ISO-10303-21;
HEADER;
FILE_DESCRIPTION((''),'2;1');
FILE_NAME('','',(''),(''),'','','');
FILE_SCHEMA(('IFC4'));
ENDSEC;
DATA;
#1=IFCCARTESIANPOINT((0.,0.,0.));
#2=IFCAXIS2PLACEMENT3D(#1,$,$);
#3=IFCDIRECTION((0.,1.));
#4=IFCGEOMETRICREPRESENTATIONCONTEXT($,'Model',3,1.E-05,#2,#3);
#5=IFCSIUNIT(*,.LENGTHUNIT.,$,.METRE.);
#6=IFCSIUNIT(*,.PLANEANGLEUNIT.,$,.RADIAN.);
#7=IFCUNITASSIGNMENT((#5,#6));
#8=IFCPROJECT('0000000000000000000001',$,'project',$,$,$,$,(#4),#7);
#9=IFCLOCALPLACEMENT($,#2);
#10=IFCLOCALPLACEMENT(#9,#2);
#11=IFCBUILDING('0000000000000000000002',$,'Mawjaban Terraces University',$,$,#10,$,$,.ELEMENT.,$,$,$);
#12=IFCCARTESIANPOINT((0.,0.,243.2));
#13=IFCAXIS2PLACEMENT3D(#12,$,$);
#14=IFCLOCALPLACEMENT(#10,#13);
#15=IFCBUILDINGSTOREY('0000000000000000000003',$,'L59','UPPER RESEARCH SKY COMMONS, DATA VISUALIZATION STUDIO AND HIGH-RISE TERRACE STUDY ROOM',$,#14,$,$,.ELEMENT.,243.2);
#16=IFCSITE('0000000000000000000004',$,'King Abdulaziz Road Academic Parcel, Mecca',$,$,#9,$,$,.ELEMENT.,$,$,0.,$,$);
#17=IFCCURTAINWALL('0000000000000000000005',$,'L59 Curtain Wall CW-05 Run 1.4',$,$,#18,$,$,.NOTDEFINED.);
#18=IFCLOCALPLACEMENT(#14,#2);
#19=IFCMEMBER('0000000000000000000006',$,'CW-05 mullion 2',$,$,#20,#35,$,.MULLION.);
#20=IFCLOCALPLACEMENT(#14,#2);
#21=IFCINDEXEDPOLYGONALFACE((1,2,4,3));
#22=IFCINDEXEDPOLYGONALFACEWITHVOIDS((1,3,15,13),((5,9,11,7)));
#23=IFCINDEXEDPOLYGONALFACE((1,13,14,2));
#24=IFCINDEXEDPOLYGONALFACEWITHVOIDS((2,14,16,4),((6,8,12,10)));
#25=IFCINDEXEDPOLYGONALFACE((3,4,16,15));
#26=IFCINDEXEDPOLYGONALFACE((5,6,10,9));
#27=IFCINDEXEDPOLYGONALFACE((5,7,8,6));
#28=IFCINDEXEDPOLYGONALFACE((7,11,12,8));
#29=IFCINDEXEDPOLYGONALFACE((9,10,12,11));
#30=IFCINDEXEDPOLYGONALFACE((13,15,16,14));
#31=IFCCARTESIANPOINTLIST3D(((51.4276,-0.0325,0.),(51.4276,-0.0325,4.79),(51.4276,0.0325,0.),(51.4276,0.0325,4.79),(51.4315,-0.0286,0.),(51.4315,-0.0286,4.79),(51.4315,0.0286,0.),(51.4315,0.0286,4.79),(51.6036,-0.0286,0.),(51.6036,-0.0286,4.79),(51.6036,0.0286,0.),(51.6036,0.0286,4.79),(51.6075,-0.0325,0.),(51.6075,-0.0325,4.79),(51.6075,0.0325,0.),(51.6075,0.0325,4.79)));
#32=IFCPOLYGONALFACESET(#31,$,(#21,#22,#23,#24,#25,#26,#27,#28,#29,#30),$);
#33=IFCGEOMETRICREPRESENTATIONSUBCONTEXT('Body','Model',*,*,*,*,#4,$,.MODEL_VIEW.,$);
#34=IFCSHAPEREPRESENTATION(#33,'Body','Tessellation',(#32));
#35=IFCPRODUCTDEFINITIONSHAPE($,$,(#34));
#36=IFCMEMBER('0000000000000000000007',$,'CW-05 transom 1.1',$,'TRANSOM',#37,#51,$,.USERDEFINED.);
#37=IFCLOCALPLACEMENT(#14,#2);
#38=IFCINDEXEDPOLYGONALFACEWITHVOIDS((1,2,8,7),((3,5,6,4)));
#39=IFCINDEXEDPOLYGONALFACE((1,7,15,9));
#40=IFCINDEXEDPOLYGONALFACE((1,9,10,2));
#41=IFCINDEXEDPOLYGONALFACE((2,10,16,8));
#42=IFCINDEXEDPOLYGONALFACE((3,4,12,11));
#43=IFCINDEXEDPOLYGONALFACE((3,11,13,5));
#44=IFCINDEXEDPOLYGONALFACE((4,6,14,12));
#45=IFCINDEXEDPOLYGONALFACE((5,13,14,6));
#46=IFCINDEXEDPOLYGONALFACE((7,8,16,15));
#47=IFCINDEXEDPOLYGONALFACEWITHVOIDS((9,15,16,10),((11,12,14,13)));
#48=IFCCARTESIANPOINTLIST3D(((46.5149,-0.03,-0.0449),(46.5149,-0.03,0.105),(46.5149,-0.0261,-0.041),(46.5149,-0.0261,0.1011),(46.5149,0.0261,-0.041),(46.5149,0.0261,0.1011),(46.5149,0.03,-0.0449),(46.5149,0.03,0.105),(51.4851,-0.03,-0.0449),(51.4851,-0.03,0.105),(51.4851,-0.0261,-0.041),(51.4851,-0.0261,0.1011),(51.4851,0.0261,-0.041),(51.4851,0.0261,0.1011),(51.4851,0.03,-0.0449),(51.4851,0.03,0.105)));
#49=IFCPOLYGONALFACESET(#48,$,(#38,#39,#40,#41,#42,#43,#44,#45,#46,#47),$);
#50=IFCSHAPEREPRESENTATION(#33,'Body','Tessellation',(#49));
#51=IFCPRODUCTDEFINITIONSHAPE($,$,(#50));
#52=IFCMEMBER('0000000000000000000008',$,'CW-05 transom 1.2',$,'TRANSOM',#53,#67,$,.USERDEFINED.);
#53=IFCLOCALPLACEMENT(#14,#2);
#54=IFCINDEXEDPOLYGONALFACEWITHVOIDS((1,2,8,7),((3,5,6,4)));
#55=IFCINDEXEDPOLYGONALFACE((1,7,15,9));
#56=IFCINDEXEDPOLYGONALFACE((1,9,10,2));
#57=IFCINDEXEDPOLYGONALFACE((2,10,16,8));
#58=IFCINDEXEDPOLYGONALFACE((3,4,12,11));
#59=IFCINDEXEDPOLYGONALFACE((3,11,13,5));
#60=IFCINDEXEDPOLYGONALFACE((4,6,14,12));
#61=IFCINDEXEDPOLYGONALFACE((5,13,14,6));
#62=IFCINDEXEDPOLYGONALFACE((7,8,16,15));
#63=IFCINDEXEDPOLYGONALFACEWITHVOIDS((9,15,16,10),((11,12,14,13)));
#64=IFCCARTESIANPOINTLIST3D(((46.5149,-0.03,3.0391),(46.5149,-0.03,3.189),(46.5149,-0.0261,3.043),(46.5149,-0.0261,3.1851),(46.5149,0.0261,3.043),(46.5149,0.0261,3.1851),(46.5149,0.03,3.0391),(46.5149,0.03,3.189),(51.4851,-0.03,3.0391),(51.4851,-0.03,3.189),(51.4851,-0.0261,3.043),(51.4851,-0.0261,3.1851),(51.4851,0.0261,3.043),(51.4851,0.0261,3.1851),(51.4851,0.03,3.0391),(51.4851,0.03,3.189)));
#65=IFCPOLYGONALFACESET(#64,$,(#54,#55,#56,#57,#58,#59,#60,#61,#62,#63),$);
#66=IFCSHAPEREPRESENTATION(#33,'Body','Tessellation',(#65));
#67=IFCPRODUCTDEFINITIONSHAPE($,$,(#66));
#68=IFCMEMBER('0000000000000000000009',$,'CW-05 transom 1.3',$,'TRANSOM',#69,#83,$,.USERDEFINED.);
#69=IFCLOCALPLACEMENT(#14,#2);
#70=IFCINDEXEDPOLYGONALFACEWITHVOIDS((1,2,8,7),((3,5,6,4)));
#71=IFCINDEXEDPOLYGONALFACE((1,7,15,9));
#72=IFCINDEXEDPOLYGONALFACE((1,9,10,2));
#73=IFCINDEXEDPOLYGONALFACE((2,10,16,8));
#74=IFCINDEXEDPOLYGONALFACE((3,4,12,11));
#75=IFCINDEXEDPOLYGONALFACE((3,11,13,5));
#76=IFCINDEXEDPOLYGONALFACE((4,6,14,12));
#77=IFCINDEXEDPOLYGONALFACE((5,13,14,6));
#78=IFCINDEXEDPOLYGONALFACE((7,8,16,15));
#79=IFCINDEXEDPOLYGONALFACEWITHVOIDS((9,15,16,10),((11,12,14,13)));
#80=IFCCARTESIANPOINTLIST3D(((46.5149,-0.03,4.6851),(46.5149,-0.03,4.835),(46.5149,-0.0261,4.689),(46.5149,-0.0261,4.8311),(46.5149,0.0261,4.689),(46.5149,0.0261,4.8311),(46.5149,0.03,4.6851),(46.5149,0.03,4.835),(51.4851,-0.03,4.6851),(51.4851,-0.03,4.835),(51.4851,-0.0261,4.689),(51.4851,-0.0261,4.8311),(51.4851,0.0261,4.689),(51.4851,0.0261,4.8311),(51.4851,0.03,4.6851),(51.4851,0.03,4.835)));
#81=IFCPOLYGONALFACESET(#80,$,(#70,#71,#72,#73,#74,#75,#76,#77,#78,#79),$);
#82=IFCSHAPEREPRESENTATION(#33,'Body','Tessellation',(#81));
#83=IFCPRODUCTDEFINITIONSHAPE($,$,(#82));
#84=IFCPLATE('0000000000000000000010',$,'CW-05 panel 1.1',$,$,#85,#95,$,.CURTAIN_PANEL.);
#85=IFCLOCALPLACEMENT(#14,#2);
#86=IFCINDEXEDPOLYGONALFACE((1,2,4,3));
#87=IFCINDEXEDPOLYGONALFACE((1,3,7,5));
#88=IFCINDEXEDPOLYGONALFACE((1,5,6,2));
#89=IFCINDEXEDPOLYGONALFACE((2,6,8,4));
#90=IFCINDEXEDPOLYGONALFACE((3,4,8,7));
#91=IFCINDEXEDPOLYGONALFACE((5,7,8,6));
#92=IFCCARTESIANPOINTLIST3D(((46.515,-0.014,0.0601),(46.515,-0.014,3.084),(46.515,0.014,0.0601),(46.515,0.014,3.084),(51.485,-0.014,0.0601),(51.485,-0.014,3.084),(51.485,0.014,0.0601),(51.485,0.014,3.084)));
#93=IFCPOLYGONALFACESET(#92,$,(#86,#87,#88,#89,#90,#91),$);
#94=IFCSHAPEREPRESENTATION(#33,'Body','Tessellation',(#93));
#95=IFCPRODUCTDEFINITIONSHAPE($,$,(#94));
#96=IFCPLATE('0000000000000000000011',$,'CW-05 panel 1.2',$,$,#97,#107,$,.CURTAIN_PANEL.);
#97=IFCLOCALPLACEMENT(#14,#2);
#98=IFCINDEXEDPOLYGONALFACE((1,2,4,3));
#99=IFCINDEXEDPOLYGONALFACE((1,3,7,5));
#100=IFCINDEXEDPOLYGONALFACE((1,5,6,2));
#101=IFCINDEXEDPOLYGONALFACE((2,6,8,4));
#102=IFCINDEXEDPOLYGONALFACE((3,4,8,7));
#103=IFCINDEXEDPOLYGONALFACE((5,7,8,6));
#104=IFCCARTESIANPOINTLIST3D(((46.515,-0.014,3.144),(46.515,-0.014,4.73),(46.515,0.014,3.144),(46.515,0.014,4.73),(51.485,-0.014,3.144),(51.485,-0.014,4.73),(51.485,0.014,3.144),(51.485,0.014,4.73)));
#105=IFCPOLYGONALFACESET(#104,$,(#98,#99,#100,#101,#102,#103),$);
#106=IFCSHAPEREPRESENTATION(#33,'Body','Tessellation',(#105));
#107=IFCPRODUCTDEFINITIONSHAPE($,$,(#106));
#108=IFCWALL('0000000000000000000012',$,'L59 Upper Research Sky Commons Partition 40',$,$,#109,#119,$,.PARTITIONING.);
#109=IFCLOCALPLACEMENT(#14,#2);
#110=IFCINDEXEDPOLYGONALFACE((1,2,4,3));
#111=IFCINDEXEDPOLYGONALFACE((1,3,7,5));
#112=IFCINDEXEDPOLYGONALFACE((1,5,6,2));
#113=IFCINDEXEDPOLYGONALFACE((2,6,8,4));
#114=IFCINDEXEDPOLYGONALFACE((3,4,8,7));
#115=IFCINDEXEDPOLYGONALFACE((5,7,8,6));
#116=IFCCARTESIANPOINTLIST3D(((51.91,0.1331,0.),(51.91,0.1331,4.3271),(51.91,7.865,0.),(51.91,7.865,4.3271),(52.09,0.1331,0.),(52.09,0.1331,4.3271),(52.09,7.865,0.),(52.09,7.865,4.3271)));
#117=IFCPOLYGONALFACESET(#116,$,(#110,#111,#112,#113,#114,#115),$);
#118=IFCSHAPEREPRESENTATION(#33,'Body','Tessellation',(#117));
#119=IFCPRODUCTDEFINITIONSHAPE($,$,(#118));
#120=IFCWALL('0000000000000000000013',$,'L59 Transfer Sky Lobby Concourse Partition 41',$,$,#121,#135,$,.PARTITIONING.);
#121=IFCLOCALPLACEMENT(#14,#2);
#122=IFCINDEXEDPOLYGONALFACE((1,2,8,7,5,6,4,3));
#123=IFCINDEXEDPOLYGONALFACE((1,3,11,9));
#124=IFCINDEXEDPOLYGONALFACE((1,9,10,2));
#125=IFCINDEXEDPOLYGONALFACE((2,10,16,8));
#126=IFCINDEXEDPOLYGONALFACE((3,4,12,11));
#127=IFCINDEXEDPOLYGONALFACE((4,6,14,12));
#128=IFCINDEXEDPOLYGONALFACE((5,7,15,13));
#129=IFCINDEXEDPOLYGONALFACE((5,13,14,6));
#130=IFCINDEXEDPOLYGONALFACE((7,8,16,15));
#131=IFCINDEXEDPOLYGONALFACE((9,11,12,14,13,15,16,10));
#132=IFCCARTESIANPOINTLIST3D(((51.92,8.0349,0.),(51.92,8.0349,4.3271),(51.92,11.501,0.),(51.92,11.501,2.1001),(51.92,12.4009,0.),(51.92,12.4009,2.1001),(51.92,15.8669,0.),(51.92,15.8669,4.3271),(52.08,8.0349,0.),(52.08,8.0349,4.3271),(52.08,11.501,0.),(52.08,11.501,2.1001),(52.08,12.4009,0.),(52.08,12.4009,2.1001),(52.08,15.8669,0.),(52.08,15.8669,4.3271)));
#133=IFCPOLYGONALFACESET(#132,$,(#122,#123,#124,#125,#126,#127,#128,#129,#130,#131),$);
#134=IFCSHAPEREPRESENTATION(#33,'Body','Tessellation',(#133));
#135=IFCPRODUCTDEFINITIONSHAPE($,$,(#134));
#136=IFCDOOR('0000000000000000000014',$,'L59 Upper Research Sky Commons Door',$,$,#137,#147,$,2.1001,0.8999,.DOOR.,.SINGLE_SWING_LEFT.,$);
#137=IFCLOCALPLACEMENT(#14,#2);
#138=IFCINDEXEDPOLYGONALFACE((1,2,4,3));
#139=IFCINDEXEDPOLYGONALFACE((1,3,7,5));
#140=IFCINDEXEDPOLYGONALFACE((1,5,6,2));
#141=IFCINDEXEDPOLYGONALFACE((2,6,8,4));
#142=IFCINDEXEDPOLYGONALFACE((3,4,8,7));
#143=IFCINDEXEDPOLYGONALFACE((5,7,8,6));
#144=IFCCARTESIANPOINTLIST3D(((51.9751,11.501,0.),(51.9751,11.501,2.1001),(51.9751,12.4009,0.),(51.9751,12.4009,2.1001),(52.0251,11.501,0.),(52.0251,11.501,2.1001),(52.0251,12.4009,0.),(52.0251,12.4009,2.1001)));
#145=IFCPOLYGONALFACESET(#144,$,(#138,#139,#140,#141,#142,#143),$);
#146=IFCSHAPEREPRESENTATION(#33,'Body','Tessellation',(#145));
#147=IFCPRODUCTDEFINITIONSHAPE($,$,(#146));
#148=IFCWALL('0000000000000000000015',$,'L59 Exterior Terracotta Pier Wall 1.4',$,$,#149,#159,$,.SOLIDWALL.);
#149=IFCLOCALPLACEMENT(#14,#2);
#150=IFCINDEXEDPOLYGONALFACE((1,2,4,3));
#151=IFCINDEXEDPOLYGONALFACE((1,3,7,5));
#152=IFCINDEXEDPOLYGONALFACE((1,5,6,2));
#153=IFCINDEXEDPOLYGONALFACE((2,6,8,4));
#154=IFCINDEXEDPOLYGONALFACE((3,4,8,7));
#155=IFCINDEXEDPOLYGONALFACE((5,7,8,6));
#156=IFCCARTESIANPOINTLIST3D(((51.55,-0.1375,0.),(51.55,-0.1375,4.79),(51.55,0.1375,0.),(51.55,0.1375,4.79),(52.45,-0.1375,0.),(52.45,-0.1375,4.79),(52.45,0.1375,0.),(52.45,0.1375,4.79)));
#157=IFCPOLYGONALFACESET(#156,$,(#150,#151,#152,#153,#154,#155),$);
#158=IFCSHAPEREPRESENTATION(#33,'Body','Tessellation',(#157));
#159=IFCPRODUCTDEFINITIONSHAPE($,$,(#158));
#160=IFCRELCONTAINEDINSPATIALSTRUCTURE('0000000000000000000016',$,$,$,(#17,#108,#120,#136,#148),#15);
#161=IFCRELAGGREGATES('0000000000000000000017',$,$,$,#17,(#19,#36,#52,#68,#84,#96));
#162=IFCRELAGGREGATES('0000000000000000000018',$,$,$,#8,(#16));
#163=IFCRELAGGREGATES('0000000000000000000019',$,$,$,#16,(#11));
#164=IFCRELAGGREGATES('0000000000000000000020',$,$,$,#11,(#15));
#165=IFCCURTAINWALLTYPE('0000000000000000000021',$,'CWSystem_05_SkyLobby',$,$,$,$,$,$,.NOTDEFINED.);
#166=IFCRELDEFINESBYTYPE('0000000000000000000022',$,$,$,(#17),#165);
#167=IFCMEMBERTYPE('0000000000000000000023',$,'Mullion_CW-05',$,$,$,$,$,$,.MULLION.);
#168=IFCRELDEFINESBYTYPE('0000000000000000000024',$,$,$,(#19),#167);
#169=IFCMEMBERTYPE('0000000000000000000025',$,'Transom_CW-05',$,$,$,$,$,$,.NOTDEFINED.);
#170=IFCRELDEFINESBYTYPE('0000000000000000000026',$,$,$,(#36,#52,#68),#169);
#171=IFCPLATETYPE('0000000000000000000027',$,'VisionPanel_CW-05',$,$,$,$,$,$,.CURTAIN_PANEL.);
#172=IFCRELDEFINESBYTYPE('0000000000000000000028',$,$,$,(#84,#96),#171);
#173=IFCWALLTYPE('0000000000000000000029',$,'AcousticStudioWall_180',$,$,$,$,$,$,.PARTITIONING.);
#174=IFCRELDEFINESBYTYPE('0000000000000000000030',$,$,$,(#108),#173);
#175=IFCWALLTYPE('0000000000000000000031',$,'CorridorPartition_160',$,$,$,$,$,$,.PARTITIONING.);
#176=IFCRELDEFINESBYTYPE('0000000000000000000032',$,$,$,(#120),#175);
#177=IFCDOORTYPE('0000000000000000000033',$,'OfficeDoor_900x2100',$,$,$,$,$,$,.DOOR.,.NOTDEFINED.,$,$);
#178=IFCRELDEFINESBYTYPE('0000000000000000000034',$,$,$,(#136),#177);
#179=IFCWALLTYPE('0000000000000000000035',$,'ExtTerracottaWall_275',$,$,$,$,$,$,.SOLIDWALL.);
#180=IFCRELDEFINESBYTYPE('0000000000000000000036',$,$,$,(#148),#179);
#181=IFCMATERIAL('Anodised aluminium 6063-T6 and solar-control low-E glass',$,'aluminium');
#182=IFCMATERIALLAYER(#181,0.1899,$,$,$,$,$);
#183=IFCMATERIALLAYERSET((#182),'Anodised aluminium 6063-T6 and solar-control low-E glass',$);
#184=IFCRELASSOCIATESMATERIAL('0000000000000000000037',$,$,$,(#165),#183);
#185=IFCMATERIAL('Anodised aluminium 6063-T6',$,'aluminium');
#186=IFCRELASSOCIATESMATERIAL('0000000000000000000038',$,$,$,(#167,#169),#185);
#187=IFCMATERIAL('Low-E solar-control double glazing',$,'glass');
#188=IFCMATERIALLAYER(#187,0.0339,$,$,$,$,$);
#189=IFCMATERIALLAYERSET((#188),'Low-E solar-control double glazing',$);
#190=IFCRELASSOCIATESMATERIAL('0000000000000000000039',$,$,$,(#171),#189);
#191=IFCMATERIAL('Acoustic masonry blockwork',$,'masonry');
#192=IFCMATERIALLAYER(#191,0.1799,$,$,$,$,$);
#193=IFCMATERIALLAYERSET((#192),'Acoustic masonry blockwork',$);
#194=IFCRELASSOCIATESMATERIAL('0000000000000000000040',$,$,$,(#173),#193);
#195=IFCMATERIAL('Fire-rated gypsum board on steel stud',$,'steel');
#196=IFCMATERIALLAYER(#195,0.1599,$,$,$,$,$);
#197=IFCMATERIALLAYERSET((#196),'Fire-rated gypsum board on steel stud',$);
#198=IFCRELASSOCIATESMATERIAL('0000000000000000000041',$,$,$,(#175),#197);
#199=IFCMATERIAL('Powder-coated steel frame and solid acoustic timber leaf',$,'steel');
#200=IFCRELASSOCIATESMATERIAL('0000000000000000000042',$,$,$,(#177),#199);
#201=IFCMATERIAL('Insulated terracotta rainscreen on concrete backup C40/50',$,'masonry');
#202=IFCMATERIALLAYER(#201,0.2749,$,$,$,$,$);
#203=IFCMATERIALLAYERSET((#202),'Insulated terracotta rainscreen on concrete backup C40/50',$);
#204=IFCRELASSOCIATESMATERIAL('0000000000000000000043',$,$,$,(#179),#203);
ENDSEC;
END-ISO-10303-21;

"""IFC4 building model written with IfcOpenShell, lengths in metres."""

from ifc_helpers import new_model, si_unit, direction, frame, frame_2d, origin, origin_2d, place, context, subcontext, project, spatial, rectangle, hollow_rectangle, extrude, material, layer, layer_set, material_profile, profile_set, type_object, element, fill, aggregate, save


model = new_model("IFC4")

# Units and contexts
model_context = context("Model", 3, precision=1e-05, world=origin(), true_north=direction((0.0, 1.0)))
body_context = subcontext(model_context, "Body", "Model", "MODEL_VIEW")
ifc_project = project(units=[si_unit("LENGTHUNIT", "METRE"), si_unit("PLANEANGLEUNIT", "RADIAN")], contexts=[model_context])

# Site, building, storey
site_placement = place(None, origin())
site = spatial("IfcSite", under=ifc_project, at=site_placement, Name="King Abdulaziz Road Academic Parcel, Mecca", CompositionType="ELEMENT", RefElevation=0.0)
building_placement = place(site_placement, origin())
building = spatial("IfcBuilding", under=site, at=building_placement, Name="Mawjaban Terraces University", CompositionType="ELEMENT")
storey_placement = place(building_placement, frame((0.0, 0.0, 243.2)))
storey = spatial("IfcBuildingStorey", under=building, at=storey_placement, Name="L59", Description="UPPER RESEARCH SKY COMMONS, DATA VISUALIZATION STUDIO AND HIGH-RISE TERRACE STUDY ROOM", CompositionType="ELEMENT", Elevation=243.2)

# Curtain wall, members, plates
ifc_material_1 = material(Name="Anodised aluminium 6063-T6 and solar-control low-E glass", Category="aluminium")
ifc_layer_1 = layer(ifc_material_1, 0.1899)
ifc_layer_set_1 = layer_set([ifc_layer_1], Name="Anodised aluminium 6063-T6 and solar-control low-E glass")
curtain_wall_type = type_object("IfcCurtainWallType", Name="CWSystem_05_SkyLobby", PredefinedType="NOTDEFINED", material=ifc_layer_set_1)
curtain_wall_placement = place(storey_placement, origin())
curtain_wall = element("IfcCurtainWall", 1, at=curtain_wall_placement, inside=storey, type_object=curtain_wall_type, Name="L59 Curtain Wall CW-05 Run 1.4", PredefinedType="NOTDEFINED")
ifc_material_2 = material(Name="Anodised aluminium 6063-T6", Category="aluminium")
ifc_material_profile_1 = material_profile(ifc_material_2, hollow_rectangle(XDim=0.0649, YDim=0.1799, WallThickness=0.0039, at=origin_2d()), Name="ALU180X65X4")
ifc_profile_set_1 = profile_set([ifc_material_profile_1], Name="Anodised aluminium 6063-T6")
member_type_1 = type_object("IfcMemberType", Name="Mullion_CW-05", PredefinedType="MULLION", material=ifc_profile_set_1)
member_1_placement = place(storey_placement, frame((51.5176, 0.0, 0.0), z_axis=(0.0, 0.0, 1.0), x_axis=(0.0, 1.0, 0.0)))
member_1 = element("IfcMember", 2, at=member_1_placement, type_object=member_type_1, Name="CW-05 mullion 2", PredefinedType="MULLION", context=body_context, shape_type="SweptSolid", body=[
    extrude(hollow_rectangle(XDim=0.0649, YDim=0.1799, WallThickness=0.0039, at=origin_2d()), origin(), (0.0, 0.0, 1.0), 4.79),
])
ifc_material_profile_2 = material_profile(ifc_material_2, hollow_rectangle(XDim=0.0601, YDim=0.1499, WallThickness=0.0039, at=origin_2d()), Name="ALU150X60X4")
ifc_profile_set_2 = profile_set([ifc_material_profile_2], Name="Anodised aluminium 6063-T6")
member_type_2 = type_object("IfcMemberType", Name="Transom_CW-05", PredefinedType="NOTDEFINED", material=ifc_profile_set_2)
member_2_placement = place(storey_placement, frame((46.5149, 0.0, 0.03), z_axis=(1.0, 0.0, 0.0), x_axis=(0.0, 1.0, 0.0)))
member_2 = element("IfcMember", 3, at=member_2_placement, type_object=member_type_2, Name="CW-05 transom 1.1", ObjectType="TRANSOM", PredefinedType="USERDEFINED", context=body_context, shape_type="SweptSolid", body=[
    extrude(hollow_rectangle(XDim=0.0601, YDim=0.1499, WallThickness=0.0039, at=origin_2d()), origin(), (0.0, 0.0, 1.0), 4.9702),
])
member_3_placement = place(storey_placement, frame((46.5149, 0.0, 3.114), z_axis=(1.0, 0.0, 0.0), x_axis=(0.0, 1.0, 0.0)))
member_3 = element("IfcMember", 4, at=member_3_placement, type_object=member_type_2, Name="CW-05 transom 1.2", ObjectType="TRANSOM", PredefinedType="USERDEFINED", context=body_context, shape_type="SweptSolid", body=[
    extrude(hollow_rectangle(XDim=0.0601, YDim=0.1499, WallThickness=0.0039, at=origin_2d()), origin(), (0.0, 0.0, 1.0), 4.9702),
])
member_4_placement = place(storey_placement, frame((46.5149, 0.0, 4.76), z_axis=(1.0, 0.0, 0.0), x_axis=(0.0, 1.0, 0.0)))
member_4 = element("IfcMember", 5, at=member_4_placement, type_object=member_type_2, Name="CW-05 transom 1.3", ObjectType="TRANSOM", PredefinedType="USERDEFINED", context=body_context, shape_type="SweptSolid", body=[
    extrude(hollow_rectangle(XDim=0.0601, YDim=0.1499, WallThickness=0.0039, at=origin_2d()), origin(), (0.0, 0.0, 1.0), 4.9702),
])
ifc_material_3 = material(Name="Low-E solar-control double glazing", Category="glass")
ifc_layer_2 = layer(ifc_material_3, 0.0339)
ifc_layer_set_2 = layer_set([ifc_layer_2], Name="Low-E solar-control double glazing")
plate_type = type_object("IfcPlateType", Name="VisionPanel_CW-05", PredefinedType="CURTAIN_PANEL", material=ifc_layer_set_2)
plate_1_placement = place(storey_placement, frame((49.0, 0.0, 0.0601), z_axis=(0.0, 0.0, 1.0), x_axis=(1.0, 0.0, 0.0)))
plate_1 = element("IfcPlate", 6, at=plate_1_placement, type_object=plate_type, Name="CW-05 panel 1.1", PredefinedType="CURTAIN_PANEL", context=body_context, shape_type="SweptSolid", body=[
    extrude(rectangle(XDim=4.97, YDim=0.0281, at=origin_2d()), origin(), (0.0, 0.0, 1.0), 3.0239),
])
plate_2_placement = place(storey_placement, frame((49.0, 0.0, 3.144), z_axis=(0.0, 0.0, 1.0), x_axis=(1.0, 0.0, 0.0)))
plate_2 = element("IfcPlate", 7, at=plate_2_placement, type_object=plate_type, Name="CW-05 panel 1.2", PredefinedType="CURTAIN_PANEL", context=body_context, shape_type="SweptSolid", body=[
    extrude(rectangle(XDim=4.97, YDim=0.0281, at=origin_2d()), origin(), (0.0, 0.0, 1.0), 1.5859),
])
aggregate(curtain_wall, [member_1, member_2, member_3, member_4, plate_1, plate_2])

# Wall
ifc_material_4 = material(Name="Acoustic masonry blockwork", Category="masonry")
ifc_layer_3 = layer(ifc_material_4, 0.1799)
ifc_layer_set_3 = layer_set([ifc_layer_3], Name="Acoustic masonry blockwork")
wall_type_1 = type_object("IfcWallType", Name="AcousticStudioWall_180", PredefinedType="PARTITIONING", material=ifc_layer_set_3)
wall_1_placement = place(storey_placement, frame((52.0, 7.865, 0.0), z_axis=(0.0, 0.0, 1.0), x_axis=(0.0, -1.0, 0.0)))
element("IfcWall", 8, at=wall_1_placement, inside=storey, type_object=wall_type_1, Name="L59 Upper Research Sky Commons Partition 40", PredefinedType="PARTITIONING", context=body_context, shape_type="SweptSolid", body=[
    extrude(rectangle(XDim=7.7319, YDim=0.1799, at=frame_2d((3.866, 0.0))), origin(), (0.0, 0.0, 1.0), 4.3271),
])

# Wall, opening, door
ifc_material_5 = material(Name="Fire-rated gypsum board on steel stud", Category="steel")
ifc_layer_4 = layer(ifc_material_5, 0.1599)
ifc_layer_set_4 = layer_set([ifc_layer_4], Name="Fire-rated gypsum board on steel stud")
wall_type_2 = type_object("IfcWallType", Name="CorridorPartition_160", PredefinedType="PARTITIONING", material=ifc_layer_set_4)
wall_2_placement = place(storey_placement, frame((52.0, 8.0349, 0.0), z_axis=(0.0, 0.0, 1.0), x_axis=(0.0, 1.0, 0.0)))
wall_2 = element("IfcWall", 9, at=wall_2_placement, inside=storey, type_object=wall_type_2, Name="L59 Transfer Sky Lobby Concourse Partition 41", PredefinedType="PARTITIONING", context=body_context, shape_type="SweptSolid", body=[
    extrude(rectangle(XDim=7.832, YDim=0.1599, at=frame_2d((3.916, 0.0))), origin(), (0.0, 0.0, 1.0), 4.3271),
])
opening_placement = place(wall_2_placement, frame((3.4661, 0.0, 0.0)))
opening = element("IfcOpeningElement", 10, at=opening_placement, cuts=wall_2, PredefinedType="OPENING", context=body_context, shape_type="SweptSolid", body=[
    extrude(rectangle(XDim=0.8999, YDim=2.1001, at=frame_2d((0.45, 1.05))), frame((0.0, 0.0898, 0.0), z_axis=(0.0, -1.0, 0.0), x_axis=(1.0, 0.0, 0.0)), (0.0, 0.0, 1.0), 0.1799),
])
ifc_material_6 = material(Name="Powder-coated steel frame and solid acoustic timber leaf", Category="steel")
door_type = type_object("IfcDoorType", Name="OfficeDoor_900x2100", OperationType="NOTDEFINED", PredefinedType="DOOR", material=ifc_material_6)
door_placement = place(opening_placement, origin())
door = element("IfcDoor", 11, at=door_placement, inside=storey, type_object=door_type, Name="L59 Upper Research Sky Commons Door", OperationType="SINGLE_SWING_LEFT", OverallHeight=2.1001, OverallWidth=0.8999, PredefinedType="DOOR", context=body_context, shape_type="SweptSolid", body=[
    extrude(rectangle(XDim=0.8999, YDim=2.1001, at=frame_2d((0.45, 1.05))), frame((0.0, 0.0249, 0.0), z_axis=(0.0, -1.0, 0.0), x_axis=(1.0, 0.0, 0.0)), (0.0, 0.0, 1.0), 0.05),
])
fill(opening, door)

# Wall
ifc_material_7 = material(Name="Insulated terracotta rainscreen on concrete backup C40/50", Category="masonry")
ifc_layer_5 = layer(ifc_material_7, 0.2749)
ifc_layer_set_5 = layer_set([ifc_layer_5], Name="Insulated terracotta rainscreen on concrete backup C40/50")
wall_type_3 = type_object("IfcWallType", Name="ExtTerracottaWall_275", PredefinedType="SOLIDWALL", material=ifc_layer_set_5)
wall_3_placement = place(storey_placement, frame((51.55, 0.0, 0.0), z_axis=(0.0, 0.0, 1.0), x_axis=(1.0, 0.0, 0.0)))
element("IfcWall", 12, at=wall_3_placement, inside=storey, type_object=wall_type_3, Name="L59 Exterior Terracotta Pier Wall 1.4", PredefinedType="SOLIDWALL", context=body_context, shape_type="SweptSolid", body=[
    extrude(rectangle(XDim=0.8999, YDim=0.2749, at=frame_2d((0.45, 0.0))), origin(), (0.0, 0.0, 1.0), 4.79),
])

save(model, "model.ifc")
